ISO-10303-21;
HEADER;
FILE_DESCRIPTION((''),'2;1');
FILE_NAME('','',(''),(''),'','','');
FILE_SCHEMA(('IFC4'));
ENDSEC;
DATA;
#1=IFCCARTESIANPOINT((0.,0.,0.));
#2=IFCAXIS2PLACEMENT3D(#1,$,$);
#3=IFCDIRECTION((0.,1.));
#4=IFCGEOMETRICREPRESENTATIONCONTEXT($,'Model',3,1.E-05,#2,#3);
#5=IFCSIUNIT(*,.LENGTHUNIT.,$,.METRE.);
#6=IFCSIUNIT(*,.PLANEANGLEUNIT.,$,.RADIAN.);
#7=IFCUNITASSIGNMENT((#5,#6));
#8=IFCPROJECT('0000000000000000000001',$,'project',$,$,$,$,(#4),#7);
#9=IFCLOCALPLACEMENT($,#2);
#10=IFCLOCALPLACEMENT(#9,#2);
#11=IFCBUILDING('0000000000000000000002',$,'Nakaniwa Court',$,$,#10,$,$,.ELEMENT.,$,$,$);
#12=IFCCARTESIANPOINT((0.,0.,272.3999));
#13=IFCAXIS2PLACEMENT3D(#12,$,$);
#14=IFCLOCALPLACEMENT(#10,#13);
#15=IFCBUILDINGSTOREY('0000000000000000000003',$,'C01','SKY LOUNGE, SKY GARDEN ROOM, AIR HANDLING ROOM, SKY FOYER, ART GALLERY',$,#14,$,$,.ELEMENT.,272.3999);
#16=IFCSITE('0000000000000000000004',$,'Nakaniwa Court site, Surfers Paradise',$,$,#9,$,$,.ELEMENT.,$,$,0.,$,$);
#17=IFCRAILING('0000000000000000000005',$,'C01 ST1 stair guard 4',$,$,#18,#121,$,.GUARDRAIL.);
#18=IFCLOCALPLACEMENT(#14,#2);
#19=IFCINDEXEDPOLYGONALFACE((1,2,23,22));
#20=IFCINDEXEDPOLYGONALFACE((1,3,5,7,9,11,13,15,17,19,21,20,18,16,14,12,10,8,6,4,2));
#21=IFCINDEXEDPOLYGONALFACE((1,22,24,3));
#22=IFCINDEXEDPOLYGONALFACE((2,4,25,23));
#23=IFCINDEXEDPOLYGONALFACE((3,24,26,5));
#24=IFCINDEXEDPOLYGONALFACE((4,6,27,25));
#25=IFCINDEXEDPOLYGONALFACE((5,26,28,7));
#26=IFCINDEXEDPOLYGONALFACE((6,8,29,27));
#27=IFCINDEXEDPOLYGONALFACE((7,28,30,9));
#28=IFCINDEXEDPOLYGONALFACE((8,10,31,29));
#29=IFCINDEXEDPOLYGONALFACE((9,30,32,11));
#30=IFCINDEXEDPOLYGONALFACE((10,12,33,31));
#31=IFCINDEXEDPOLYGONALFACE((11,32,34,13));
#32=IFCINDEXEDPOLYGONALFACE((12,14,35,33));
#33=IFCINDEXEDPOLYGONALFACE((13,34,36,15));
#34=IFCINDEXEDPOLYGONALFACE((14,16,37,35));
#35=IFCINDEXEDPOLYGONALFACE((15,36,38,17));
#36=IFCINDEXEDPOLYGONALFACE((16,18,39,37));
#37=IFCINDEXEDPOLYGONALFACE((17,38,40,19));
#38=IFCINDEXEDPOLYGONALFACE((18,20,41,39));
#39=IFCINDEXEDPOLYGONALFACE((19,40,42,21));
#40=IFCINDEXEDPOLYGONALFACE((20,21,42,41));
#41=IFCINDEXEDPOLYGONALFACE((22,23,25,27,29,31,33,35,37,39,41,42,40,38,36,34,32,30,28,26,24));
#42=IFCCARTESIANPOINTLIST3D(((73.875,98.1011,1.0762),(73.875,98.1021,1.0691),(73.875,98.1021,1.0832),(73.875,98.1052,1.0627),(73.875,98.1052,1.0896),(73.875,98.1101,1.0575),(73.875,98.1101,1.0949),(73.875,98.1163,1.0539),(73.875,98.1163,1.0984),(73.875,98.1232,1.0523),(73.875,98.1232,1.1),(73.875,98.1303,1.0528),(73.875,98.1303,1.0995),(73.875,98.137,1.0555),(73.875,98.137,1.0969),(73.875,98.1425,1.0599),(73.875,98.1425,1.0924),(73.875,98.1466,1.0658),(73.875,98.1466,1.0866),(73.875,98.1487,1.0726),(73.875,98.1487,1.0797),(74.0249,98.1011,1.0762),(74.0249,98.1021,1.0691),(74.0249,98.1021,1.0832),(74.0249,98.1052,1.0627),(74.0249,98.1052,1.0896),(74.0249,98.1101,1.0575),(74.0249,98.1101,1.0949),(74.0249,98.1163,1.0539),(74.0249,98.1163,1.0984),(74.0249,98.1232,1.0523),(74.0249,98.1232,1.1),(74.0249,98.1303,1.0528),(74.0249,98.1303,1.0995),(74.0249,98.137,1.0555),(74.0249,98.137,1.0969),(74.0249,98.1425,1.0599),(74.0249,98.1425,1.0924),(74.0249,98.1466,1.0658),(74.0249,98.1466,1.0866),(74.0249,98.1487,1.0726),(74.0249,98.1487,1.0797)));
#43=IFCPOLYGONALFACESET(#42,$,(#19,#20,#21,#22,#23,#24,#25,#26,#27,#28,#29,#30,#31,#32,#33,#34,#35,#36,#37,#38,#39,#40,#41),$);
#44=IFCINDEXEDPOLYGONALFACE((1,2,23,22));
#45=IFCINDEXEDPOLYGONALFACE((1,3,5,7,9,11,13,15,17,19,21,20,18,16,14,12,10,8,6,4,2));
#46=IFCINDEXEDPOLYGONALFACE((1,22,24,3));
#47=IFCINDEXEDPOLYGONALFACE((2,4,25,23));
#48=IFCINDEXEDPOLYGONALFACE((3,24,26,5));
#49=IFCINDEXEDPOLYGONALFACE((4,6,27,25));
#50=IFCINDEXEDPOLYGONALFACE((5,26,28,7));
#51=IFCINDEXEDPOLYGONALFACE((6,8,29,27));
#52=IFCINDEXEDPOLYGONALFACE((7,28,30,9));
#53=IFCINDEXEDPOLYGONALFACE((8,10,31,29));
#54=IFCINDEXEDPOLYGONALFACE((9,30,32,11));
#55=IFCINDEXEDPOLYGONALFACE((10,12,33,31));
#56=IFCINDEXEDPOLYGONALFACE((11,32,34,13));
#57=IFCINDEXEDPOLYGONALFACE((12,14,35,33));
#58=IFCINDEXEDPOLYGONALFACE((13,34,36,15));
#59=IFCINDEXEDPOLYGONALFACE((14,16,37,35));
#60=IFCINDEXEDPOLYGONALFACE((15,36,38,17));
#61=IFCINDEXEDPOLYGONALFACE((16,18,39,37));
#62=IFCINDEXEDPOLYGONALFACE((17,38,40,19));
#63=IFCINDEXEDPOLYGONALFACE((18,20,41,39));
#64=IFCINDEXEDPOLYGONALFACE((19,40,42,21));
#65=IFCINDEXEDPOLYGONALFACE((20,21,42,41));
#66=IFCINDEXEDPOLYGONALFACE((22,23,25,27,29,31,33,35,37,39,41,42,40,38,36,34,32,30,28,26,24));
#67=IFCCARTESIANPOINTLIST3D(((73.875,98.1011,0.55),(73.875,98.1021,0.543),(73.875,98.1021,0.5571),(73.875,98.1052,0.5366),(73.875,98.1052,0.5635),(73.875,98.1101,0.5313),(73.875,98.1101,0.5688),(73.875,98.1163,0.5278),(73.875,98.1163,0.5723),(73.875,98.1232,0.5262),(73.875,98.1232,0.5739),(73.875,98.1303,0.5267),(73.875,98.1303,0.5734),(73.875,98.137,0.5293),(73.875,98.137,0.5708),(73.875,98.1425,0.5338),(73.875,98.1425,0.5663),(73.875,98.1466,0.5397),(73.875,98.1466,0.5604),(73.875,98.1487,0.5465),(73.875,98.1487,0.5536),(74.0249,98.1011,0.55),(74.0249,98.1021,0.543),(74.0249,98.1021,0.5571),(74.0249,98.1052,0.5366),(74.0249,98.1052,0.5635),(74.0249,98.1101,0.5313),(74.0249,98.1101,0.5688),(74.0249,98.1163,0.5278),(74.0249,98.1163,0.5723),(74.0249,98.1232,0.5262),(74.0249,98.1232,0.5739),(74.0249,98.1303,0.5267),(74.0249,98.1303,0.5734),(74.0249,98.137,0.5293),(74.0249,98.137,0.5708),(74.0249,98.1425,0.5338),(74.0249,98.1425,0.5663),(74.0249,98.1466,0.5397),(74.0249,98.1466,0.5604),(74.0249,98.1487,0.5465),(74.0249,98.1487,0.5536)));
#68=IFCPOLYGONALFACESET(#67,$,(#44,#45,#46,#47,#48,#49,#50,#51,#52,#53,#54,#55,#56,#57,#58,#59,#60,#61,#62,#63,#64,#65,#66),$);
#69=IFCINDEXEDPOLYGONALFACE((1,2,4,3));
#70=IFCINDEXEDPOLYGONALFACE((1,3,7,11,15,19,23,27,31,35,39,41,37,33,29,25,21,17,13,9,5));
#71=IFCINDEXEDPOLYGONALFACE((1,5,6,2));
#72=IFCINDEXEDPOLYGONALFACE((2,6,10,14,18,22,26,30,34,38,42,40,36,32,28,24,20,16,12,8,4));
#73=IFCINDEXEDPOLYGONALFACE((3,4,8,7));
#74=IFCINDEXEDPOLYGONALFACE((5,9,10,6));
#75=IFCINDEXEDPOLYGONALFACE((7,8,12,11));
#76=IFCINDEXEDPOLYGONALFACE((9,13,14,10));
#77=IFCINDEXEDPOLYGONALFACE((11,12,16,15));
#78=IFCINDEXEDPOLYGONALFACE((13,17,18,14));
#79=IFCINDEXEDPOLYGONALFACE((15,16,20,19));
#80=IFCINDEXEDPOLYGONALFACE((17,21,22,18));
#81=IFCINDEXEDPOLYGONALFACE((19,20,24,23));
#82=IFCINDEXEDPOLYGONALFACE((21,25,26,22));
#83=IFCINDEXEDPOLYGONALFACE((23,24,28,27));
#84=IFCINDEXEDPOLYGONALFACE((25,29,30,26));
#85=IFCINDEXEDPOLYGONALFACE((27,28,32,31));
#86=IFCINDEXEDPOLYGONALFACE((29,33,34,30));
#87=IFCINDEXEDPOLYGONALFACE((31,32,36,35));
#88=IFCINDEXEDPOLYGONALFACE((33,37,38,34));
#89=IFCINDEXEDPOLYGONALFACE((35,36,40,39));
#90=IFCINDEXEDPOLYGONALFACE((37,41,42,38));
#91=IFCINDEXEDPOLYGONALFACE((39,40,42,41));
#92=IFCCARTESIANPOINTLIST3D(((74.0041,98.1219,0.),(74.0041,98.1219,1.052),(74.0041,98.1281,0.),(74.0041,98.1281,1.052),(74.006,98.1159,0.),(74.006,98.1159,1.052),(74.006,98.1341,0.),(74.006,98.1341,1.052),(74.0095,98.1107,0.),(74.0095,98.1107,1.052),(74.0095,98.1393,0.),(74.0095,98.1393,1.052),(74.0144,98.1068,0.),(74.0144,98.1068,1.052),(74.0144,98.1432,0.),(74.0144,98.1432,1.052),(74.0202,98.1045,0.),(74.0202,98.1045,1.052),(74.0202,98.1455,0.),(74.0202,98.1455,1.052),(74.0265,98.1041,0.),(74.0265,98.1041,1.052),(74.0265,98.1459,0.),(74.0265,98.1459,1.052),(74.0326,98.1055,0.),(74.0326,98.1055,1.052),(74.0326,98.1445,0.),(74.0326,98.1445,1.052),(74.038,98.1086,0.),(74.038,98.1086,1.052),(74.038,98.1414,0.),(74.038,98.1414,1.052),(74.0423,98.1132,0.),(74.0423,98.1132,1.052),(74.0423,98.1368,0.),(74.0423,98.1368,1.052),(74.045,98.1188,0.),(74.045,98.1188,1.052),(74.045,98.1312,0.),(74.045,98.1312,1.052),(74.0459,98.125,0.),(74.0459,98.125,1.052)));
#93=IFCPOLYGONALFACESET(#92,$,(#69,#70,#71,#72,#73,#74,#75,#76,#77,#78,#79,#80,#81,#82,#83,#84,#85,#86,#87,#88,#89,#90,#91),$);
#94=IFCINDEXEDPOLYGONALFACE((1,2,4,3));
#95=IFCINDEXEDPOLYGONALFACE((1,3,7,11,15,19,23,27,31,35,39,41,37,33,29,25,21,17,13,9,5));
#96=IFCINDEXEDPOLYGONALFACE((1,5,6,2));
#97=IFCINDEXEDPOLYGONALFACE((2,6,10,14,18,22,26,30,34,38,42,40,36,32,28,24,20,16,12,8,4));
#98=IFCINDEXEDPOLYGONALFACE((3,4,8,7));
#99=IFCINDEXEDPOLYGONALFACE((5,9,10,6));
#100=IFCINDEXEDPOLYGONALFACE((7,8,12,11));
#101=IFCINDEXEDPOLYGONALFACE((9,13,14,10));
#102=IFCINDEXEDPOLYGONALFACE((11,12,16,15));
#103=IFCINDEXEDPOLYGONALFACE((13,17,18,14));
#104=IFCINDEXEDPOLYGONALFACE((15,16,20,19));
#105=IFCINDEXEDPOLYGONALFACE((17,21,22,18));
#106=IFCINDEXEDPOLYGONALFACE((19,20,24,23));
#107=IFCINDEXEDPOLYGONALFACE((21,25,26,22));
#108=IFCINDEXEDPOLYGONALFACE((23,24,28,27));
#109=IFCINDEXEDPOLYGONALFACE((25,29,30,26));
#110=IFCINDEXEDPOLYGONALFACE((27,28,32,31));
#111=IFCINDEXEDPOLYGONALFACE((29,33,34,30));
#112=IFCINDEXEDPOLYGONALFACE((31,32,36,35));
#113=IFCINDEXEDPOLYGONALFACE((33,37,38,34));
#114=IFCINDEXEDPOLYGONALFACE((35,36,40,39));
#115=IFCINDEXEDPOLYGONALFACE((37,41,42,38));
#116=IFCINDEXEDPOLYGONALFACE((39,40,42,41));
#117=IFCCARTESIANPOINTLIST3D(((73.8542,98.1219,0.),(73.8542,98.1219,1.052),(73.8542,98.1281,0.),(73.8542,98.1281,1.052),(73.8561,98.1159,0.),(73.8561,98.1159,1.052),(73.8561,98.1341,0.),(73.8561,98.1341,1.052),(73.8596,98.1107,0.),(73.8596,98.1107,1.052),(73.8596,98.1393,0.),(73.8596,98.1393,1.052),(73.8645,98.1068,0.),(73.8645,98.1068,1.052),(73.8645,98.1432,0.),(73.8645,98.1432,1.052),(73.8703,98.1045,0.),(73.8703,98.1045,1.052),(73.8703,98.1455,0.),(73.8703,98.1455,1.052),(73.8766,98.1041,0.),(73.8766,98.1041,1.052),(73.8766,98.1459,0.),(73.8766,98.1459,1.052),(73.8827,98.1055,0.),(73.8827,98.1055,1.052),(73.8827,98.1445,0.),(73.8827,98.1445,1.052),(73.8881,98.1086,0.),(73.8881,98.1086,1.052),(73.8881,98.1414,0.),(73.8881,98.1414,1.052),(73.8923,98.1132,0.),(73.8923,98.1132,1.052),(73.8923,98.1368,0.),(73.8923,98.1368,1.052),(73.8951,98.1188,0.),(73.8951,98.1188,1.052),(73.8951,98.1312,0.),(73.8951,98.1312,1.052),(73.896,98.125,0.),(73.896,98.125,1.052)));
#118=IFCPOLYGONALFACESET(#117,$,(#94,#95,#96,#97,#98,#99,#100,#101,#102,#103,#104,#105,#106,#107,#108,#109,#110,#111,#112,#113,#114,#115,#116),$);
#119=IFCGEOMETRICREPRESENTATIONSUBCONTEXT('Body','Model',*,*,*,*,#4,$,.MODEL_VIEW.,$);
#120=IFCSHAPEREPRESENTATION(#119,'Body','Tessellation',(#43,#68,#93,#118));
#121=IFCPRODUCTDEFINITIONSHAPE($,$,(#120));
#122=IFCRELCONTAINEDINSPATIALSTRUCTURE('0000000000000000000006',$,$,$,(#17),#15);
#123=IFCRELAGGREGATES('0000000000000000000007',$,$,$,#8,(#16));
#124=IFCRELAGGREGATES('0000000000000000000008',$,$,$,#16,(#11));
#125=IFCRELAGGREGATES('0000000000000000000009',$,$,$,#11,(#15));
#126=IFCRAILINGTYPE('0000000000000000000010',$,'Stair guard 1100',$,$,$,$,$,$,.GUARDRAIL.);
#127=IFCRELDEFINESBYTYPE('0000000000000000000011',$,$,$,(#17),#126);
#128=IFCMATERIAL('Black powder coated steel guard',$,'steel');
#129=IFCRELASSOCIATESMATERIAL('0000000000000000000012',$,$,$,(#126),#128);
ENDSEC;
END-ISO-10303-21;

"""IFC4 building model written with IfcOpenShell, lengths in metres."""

from ifc_helpers import new_model, si_unit, direction, frame, origin, origin_2d, place, context, subcontext, project, spatial, circle, extrude, material, type_object, element, save


model = new_model("IFC4")

# Units and contexts
model_context = context("Model", 3, precision=1e-05, world=origin(), true_north=direction((0.0, 1.0)))
body_context = subcontext(model_context, "Body", "Model", "MODEL_VIEW")
ifc_project = project(units=[si_unit("LENGTHUNIT", "METRE"), si_unit("PLANEANGLEUNIT", "RADIAN")], contexts=[model_context])

# Site, building, storey
site_placement = place(None, origin())
site = spatial("IfcSite", under=ifc_project, at=site_placement, Name="Nakaniwa Court site, Surfers Paradise", CompositionType="ELEMENT", RefElevation=0.0)
building_placement = place(site_placement, origin())
building = spatial("IfcBuilding", under=site, at=building_placement, Name="Nakaniwa Court", CompositionType="ELEMENT")
storey_placement = place(building_placement, frame((0.0, 0.0, 272.3999)))
storey = spatial("IfcBuildingStorey", under=building, at=storey_placement, Name="C01", Description="SKY LOUNGE, SKY GARDEN ROOM, AIR HANDLING ROOM, SKY FOYER, ART GALLERY", CompositionType="ELEMENT", Elevation=272.3999)

# Railing
ifc_material_1 = material(Name="Black powder coated steel guard", Category="steel")
railing_type_1 = type_object("IfcRailingType", Name="Stair guard 1100", PredefinedType="GUARDRAIL", material=ifc_material_1)
railing_1_placement = place(storey_placement, frame((74.0249, 98.125, 0.0)))
element("IfcRailing", 1, at=railing_1_placement, inside=storey, type_object=railing_type_1, Name="C01 ST1 stair guard 4", PredefinedType="GUARDRAIL", context=body_context, shape_type="SweptSolid", body=[
    extrude(circle(Radius=0.0239, at=origin_2d()), frame((0.0, 0.0, 1.0762), z_axis=(-1.0, 0.0, 0.0), x_axis=(0.0, -1.0, 0.0)), (0.0, 0.0, 1.0), 0.1499),
    extrude(circle(Radius=0.0239, at=origin_2d()), frame((0.0, 0.0, 0.55), z_axis=(-1.0, 0.0, 0.0), x_axis=(0.0, -1.0, 0.0)), (0.0, 0.0, 1.0), 0.1499),
    extrude(circle(Radius=0.021, at=origin_2d()), origin(), (0.0, 0.0, 1.0), 1.052),
    extrude(circle(Radius=0.021, at=origin_2d()), frame((-0.1499, 0.0, 0.0)), (0.0, 0.0, 1.0), 1.052),
])

save(model, "model.ifc")
